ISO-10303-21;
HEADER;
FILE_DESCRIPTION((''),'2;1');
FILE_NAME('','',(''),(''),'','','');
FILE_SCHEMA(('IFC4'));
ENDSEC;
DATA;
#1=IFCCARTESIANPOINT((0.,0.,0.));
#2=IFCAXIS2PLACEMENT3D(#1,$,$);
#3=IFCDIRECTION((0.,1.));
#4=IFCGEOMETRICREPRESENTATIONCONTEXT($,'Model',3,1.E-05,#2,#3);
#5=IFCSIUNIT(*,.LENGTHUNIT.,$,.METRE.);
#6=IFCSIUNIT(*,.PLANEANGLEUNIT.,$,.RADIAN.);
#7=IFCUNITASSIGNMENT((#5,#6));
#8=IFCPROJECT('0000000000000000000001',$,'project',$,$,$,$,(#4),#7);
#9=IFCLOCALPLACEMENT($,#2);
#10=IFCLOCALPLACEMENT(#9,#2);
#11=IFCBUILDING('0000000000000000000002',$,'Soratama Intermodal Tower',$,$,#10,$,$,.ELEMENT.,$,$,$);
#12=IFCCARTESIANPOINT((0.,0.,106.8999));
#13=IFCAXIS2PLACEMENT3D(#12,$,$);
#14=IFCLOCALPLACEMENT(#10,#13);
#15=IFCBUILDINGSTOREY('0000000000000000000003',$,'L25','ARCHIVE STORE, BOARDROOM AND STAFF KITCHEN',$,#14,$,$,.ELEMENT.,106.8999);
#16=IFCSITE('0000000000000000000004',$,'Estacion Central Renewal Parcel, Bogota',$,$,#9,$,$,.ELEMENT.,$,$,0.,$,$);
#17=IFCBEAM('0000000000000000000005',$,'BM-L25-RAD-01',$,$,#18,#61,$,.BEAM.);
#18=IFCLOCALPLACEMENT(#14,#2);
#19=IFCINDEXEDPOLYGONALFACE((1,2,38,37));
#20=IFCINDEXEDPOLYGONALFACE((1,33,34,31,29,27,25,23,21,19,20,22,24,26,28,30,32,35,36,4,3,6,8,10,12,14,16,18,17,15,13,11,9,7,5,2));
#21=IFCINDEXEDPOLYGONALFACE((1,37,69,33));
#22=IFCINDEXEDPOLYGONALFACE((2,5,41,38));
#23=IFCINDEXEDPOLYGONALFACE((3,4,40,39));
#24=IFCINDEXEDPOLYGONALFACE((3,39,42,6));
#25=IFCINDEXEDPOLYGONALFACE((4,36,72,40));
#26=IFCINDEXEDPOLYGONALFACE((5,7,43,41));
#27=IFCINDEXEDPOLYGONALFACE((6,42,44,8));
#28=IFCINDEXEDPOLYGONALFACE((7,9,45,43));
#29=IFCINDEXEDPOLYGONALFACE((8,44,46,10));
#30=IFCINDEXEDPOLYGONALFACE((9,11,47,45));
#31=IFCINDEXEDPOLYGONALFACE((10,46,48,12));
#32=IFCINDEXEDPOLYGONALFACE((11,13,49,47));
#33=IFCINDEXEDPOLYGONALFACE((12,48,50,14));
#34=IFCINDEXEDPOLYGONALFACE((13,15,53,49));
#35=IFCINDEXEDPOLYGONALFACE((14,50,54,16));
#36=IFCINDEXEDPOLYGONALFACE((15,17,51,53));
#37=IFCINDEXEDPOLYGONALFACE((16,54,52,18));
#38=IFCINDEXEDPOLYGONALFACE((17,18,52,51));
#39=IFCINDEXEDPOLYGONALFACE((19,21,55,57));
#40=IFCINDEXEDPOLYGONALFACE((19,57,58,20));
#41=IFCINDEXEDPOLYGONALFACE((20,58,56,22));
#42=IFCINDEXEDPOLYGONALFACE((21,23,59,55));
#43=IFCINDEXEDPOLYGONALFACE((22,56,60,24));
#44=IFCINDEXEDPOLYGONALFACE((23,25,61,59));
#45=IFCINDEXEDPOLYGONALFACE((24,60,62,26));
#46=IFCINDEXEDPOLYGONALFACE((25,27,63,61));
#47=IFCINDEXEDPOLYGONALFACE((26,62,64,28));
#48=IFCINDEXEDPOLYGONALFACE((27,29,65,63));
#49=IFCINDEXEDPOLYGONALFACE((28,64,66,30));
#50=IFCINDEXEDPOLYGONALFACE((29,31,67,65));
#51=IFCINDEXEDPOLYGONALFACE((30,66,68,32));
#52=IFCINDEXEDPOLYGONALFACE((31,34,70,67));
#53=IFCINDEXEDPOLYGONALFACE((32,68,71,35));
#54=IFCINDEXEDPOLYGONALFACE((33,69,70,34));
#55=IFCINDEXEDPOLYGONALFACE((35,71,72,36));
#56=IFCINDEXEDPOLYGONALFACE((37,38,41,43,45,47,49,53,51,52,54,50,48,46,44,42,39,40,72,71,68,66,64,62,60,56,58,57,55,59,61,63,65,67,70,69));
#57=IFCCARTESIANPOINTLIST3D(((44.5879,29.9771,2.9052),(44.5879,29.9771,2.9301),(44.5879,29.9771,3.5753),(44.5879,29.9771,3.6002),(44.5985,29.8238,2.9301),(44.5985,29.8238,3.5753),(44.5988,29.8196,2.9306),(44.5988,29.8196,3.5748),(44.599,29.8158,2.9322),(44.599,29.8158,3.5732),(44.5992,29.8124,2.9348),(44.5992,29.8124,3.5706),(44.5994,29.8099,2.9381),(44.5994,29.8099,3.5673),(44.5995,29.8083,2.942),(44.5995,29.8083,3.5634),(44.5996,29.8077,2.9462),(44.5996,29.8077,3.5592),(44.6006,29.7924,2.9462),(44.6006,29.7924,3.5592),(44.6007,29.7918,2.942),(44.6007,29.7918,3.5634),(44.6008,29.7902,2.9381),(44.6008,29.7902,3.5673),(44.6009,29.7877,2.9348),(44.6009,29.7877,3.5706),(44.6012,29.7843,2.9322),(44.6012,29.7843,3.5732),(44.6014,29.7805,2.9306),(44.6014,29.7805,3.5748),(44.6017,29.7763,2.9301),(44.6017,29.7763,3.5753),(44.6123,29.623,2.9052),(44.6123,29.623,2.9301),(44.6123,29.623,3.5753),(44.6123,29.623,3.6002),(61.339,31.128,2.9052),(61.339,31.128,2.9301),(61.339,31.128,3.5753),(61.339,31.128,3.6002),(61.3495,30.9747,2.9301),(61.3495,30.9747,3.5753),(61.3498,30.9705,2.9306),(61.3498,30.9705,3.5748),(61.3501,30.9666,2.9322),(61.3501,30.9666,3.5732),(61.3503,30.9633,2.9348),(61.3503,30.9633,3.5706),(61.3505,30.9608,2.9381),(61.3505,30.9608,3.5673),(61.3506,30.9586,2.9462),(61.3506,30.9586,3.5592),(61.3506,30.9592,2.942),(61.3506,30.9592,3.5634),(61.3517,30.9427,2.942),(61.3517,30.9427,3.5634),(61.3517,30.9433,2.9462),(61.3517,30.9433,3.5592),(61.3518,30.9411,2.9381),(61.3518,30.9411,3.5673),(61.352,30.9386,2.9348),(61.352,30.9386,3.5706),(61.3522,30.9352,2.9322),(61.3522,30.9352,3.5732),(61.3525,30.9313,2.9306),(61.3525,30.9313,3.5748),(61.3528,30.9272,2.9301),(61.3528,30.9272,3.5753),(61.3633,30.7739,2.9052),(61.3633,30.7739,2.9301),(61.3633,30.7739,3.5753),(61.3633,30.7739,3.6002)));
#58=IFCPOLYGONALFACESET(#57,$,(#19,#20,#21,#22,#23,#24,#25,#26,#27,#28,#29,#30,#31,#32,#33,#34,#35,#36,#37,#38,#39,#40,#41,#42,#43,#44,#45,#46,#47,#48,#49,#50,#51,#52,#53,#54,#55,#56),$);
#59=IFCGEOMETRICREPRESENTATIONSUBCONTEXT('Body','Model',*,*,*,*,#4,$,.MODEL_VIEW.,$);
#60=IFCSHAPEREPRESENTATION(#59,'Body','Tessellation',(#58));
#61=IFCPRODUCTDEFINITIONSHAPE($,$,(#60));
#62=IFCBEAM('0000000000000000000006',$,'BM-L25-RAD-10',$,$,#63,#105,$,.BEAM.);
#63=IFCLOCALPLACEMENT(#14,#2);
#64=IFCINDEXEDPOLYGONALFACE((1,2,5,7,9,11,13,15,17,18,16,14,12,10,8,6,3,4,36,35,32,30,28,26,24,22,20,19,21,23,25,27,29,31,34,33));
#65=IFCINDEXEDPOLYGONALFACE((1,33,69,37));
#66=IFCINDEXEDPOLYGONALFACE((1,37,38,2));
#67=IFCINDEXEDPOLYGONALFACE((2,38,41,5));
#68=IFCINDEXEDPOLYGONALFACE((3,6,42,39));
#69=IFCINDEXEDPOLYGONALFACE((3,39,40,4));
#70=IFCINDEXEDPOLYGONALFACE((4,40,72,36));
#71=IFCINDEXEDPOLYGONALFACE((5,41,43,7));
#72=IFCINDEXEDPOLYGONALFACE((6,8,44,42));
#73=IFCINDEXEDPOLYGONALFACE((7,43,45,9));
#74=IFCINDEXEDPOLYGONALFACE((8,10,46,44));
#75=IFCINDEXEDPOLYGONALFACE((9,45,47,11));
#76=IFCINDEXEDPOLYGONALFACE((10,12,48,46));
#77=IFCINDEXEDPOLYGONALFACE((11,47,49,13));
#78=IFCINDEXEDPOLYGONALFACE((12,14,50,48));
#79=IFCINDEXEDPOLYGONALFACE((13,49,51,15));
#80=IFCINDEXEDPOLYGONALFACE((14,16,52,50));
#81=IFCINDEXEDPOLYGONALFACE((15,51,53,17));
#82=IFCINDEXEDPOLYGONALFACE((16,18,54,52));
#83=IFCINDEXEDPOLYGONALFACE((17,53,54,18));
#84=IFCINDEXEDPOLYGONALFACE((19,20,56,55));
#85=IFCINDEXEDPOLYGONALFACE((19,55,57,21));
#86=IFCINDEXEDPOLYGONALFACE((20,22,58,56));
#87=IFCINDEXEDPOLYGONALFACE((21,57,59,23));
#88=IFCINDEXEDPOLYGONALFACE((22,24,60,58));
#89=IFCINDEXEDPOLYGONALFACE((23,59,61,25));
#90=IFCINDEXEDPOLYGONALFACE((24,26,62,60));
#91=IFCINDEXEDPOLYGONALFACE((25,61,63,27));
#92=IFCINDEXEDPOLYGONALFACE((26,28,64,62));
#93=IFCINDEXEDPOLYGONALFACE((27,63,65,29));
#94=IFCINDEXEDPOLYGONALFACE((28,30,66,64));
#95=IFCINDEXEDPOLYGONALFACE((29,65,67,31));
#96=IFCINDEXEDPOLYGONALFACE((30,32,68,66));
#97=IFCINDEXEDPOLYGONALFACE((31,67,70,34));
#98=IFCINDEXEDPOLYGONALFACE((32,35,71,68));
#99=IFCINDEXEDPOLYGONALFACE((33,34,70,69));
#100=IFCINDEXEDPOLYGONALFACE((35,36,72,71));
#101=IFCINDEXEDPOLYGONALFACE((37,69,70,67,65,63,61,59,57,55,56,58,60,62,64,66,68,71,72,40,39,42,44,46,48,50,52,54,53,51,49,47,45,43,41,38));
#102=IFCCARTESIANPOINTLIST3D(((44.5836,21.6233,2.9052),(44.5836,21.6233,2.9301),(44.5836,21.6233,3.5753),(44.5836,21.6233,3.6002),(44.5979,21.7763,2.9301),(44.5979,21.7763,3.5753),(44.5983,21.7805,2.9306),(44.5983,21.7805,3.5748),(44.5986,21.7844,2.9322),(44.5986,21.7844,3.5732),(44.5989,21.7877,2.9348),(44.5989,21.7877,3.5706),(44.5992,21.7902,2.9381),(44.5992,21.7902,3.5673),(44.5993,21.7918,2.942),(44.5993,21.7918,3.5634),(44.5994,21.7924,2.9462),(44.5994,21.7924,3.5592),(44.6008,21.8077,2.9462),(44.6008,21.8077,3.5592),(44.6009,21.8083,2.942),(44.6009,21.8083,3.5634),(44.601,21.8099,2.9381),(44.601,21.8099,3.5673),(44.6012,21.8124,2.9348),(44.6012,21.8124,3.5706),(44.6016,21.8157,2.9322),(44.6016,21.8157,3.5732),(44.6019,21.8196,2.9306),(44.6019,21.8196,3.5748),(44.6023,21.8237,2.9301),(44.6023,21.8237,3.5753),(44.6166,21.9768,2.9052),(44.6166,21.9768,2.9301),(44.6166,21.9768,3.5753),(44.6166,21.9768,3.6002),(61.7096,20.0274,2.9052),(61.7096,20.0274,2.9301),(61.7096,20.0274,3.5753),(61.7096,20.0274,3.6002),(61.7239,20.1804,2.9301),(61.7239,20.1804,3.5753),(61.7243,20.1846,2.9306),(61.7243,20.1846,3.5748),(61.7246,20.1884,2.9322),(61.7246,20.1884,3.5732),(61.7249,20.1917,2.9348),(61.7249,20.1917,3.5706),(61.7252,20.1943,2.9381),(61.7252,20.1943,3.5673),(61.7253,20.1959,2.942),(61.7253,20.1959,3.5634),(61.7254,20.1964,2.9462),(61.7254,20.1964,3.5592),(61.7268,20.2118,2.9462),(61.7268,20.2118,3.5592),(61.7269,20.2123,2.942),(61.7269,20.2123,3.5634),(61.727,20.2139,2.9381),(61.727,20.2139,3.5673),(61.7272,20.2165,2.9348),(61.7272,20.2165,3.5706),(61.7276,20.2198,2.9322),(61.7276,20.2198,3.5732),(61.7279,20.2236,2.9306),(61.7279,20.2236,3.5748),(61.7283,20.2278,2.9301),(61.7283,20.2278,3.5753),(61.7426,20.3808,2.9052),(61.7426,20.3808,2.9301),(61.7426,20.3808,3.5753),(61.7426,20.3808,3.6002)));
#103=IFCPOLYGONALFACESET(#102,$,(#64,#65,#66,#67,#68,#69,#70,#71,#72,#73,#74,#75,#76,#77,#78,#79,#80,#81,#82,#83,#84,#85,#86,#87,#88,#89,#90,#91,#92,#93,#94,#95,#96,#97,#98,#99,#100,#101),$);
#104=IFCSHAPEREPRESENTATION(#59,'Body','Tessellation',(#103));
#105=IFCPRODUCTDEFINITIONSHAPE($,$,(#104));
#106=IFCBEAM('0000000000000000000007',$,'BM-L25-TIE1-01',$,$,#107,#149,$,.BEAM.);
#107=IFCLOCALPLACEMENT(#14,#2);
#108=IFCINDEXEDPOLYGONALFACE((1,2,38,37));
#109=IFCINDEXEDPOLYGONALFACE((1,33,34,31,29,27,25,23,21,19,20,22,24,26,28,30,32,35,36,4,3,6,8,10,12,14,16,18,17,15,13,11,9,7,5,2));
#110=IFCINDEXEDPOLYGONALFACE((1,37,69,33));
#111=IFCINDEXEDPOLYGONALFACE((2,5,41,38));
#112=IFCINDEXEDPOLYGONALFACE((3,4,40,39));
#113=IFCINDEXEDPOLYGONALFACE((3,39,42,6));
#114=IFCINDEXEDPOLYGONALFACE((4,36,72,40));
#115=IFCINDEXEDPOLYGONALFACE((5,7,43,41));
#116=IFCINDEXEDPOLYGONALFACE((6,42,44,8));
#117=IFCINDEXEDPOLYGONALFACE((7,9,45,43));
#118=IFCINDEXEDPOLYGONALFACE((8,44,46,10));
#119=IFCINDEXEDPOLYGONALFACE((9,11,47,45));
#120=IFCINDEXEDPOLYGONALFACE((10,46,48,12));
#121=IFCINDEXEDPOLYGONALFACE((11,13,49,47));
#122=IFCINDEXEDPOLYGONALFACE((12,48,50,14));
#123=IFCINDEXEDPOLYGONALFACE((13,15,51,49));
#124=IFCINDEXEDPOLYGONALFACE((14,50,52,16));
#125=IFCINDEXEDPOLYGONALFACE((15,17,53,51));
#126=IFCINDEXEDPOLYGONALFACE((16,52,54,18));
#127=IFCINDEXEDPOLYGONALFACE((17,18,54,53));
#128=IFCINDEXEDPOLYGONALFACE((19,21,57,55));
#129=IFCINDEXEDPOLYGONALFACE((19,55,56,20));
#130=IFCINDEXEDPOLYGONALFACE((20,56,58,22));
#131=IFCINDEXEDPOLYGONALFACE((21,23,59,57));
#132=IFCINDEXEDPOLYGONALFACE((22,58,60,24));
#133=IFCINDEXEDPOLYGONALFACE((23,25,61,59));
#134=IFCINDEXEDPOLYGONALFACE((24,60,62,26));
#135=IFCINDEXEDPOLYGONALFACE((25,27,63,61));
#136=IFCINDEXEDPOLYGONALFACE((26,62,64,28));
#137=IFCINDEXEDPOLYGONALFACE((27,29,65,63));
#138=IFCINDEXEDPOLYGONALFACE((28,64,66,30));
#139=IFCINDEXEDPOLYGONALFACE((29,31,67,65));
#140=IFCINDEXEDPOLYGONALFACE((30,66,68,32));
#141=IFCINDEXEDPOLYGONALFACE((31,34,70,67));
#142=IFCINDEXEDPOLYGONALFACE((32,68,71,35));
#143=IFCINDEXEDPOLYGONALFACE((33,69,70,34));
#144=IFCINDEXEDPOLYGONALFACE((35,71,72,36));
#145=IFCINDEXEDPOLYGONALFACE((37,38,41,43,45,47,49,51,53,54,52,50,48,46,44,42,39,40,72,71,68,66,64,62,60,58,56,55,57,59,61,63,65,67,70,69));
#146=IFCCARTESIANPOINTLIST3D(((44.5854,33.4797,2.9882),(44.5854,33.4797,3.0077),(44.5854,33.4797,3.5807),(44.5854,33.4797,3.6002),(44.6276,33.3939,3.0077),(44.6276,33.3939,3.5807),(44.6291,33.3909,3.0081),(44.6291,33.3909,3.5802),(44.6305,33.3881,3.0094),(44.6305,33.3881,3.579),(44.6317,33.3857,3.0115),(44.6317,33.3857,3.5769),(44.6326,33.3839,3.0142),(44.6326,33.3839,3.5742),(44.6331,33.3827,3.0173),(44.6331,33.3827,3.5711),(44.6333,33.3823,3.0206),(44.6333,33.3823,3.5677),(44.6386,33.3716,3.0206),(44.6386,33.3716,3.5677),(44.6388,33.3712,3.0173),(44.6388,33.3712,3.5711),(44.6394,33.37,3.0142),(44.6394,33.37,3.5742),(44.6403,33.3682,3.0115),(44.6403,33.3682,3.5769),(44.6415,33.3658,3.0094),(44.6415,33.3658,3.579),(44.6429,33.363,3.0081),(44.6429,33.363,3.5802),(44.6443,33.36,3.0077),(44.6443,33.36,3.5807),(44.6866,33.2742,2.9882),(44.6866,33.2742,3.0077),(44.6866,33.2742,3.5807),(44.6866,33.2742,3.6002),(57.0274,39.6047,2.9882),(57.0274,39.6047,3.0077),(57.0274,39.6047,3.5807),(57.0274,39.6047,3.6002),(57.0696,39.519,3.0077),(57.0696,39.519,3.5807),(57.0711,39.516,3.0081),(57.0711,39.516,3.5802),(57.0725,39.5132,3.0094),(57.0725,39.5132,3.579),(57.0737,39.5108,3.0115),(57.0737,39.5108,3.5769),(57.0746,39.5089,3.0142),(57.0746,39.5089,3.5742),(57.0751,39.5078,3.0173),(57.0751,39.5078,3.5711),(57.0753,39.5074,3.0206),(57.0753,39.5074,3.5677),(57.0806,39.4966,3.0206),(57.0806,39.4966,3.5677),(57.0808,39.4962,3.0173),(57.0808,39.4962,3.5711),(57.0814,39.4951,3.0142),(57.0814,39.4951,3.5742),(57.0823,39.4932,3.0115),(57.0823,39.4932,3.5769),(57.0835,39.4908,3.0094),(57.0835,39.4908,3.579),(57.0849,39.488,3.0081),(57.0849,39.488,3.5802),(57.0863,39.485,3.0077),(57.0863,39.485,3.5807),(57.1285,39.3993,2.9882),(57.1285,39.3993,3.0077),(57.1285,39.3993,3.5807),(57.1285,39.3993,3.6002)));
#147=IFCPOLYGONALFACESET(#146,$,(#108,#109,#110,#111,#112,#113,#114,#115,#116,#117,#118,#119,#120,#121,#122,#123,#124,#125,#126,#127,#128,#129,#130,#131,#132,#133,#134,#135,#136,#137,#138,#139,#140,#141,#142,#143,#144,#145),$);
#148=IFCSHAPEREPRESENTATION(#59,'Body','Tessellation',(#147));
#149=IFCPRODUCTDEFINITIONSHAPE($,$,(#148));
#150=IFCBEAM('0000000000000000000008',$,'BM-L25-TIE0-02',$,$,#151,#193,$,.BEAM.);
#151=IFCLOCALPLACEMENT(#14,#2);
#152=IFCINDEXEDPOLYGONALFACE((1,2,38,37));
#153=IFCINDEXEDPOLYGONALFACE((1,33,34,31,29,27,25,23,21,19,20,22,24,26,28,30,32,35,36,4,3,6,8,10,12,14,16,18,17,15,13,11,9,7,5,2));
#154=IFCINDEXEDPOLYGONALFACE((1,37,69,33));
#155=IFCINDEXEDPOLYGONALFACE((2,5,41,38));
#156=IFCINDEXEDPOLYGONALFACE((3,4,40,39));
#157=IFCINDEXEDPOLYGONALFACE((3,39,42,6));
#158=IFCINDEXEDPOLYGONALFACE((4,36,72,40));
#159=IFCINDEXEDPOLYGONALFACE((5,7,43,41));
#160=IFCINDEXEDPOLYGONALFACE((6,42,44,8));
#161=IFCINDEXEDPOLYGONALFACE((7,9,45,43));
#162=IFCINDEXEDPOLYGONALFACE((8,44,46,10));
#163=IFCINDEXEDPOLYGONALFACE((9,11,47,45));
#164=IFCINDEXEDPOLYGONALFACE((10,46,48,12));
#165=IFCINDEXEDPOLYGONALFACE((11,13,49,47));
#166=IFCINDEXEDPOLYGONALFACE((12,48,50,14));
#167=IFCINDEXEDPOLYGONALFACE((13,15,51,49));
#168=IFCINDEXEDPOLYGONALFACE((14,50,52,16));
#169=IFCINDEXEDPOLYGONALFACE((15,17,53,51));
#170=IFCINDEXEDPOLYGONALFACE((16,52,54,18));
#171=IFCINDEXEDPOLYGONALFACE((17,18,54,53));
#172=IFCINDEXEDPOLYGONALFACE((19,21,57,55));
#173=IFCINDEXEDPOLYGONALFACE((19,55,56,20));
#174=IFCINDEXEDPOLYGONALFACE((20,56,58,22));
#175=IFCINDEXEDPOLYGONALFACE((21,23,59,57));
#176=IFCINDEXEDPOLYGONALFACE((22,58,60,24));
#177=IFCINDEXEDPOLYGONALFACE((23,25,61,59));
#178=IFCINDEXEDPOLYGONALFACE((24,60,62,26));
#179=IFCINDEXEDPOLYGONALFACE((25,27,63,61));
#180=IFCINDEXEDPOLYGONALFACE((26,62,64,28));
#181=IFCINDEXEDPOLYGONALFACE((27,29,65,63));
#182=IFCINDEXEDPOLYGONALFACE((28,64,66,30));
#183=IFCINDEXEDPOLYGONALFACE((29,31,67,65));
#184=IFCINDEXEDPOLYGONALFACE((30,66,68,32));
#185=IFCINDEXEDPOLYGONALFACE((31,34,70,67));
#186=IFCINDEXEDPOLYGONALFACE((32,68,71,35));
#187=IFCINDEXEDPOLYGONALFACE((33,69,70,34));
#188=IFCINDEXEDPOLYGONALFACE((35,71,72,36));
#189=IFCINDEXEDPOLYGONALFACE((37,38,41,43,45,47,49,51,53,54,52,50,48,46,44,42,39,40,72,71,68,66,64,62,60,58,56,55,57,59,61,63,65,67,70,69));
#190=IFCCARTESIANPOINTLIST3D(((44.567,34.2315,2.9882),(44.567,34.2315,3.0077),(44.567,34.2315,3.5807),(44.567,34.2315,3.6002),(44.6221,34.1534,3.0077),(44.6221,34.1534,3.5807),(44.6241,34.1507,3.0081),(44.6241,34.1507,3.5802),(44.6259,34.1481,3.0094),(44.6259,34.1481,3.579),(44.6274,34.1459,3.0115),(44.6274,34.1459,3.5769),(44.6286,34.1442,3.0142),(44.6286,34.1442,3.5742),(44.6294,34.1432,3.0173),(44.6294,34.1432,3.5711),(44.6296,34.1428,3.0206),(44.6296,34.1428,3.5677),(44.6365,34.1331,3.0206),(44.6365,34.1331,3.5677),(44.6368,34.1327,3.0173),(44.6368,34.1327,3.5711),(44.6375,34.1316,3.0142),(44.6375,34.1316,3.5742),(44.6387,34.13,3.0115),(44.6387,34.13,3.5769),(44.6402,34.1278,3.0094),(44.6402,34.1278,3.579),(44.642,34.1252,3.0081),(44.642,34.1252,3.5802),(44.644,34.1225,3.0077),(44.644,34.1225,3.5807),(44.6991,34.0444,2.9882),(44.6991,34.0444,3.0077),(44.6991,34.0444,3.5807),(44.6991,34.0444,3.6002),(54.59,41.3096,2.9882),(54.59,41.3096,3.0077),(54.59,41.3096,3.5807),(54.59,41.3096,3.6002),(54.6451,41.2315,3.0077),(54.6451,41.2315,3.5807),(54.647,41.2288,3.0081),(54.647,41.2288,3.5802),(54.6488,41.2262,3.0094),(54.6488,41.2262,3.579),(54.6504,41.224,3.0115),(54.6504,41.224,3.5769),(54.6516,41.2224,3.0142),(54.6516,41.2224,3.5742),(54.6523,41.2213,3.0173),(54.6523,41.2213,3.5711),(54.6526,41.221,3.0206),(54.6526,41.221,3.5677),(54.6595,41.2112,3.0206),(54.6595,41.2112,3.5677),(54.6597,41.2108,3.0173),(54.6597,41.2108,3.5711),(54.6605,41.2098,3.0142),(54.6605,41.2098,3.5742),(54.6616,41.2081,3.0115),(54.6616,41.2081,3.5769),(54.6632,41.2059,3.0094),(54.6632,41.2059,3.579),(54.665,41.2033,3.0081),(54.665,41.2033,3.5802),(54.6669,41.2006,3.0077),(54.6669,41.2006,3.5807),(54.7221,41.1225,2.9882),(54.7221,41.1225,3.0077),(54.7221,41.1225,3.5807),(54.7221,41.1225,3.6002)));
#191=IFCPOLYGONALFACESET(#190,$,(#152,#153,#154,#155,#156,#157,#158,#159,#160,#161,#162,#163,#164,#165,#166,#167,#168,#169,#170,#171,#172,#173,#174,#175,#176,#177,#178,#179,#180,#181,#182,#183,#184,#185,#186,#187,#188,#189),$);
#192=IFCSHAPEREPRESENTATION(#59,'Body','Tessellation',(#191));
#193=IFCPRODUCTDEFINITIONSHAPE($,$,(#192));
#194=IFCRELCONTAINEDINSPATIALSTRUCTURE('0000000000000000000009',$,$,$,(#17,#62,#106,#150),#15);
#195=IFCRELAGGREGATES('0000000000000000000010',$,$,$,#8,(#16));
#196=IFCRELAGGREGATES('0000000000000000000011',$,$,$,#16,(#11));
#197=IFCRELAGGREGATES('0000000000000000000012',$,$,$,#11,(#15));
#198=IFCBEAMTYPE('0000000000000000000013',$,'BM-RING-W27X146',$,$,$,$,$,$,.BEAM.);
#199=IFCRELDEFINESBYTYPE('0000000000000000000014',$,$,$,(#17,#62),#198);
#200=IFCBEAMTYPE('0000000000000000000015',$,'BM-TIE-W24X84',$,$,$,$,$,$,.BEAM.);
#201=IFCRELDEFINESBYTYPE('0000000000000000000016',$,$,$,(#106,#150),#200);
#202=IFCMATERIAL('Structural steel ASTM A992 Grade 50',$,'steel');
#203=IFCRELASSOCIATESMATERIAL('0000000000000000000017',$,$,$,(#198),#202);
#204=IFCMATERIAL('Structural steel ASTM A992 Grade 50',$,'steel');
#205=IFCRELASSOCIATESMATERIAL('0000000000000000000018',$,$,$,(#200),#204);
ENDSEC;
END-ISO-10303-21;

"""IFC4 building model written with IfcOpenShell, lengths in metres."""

from ifc_helpers import new_model, si_unit, direction, frame, origin, origin_2d, place, context, subcontext, project, spatial, i_section, extrude, material, material_profile, profile_set, type_object, element, save


model = new_model("IFC4")

# Units and contexts
model_context = context("Model", 3, precision=1e-05, world=origin(), true_north=direction((0.0, 1.0)))
body_context = subcontext(model_context, "Body", "Model", "MODEL_VIEW")
ifc_project = project(units=[si_unit("LENGTHUNIT", "METRE"), si_unit("PLANEANGLEUNIT", "RADIAN")], contexts=[model_context])

# Site, building, storey
site_placement = place(None, origin())
site = spatial("IfcSite", under=ifc_project, at=site_placement, Name="Estacion Central Renewal Parcel, Bogota", CompositionType="ELEMENT", RefElevation=0.0)
building_placement = place(site_placement, origin())
building = spatial("IfcBuilding", under=site, at=building_placement, Name="Soratama Intermodal Tower", CompositionType="ELEMENT")
storey_placement = place(building_placement, frame((0.0, 0.0, 106.8999)))
storey = spatial("IfcBuildingStorey", under=building, at=storey_placement, Name="L25", Description="ARCHIVE STORE, BOARDROOM AND STAFF KITCHEN", CompositionType="ELEMENT", Elevation=106.8999)

# Beams
ifc_material_1 = material(Name="Structural steel ASTM A992 Grade 50", Category="steel")
ifc_material_profile_1 = material_profile(ifc_material_1, i_section(OverallWidth=0.355, OverallDepth=0.6951, WebThickness=0.0154, FlangeThickness=0.0249, FilletRadius=0.0161, at=origin_2d()), Name="W27X146")
ifc_profile_set_1 = profile_set([ifc_material_profile_1], Name="Structural steel ASTM A992 Grade 50")
beam_type_1 = type_object("IfcBeamType", Name="BM-RING-W27X146", PredefinedType="BEAM", material=ifc_profile_set_1)
beam_1_placement = place(storey_placement, frame((44.6001, 29.8, 3.2527), z_axis=(0.997648, 0.068544, 0.0), x_axis=(-0.068544, 0.997648, 0.0)))
element("IfcBeam", 1, at=beam_1_placement, inside=storey, type_object=beam_type_1, Name="BM-L25-RAD-01", PredefinedType="BEAM", context=body_context, shape_type="SweptSolid", body=[
    extrude(i_section(OverallWidth=0.355, OverallDepth=0.6951, WebThickness=0.0154, FlangeThickness=0.0249, FilletRadius=0.0161, at=origin_2d()), origin(), (0.0, 0.0, 1.0), 16.7905),
])
beam_2_placement = place(storey_placement, frame((44.6001, 21.8, 3.2527), z_axis=(0.995686, -0.092787, 0.0), x_axis=(0.092787, 0.995686, 0.0)))
element("IfcBeam", 2, at=beam_2_placement, inside=storey, type_object=beam_type_1, Name="BM-L25-RAD-10", PredefinedType="BEAM", context=body_context, shape_type="SweptSolid", body=[
    extrude(i_section(OverallWidth=0.355, OverallDepth=0.6951, WebThickness=0.0154, FlangeThickness=0.0249, FilletRadius=0.0161, at=origin_2d()), origin(), (0.0, 0.0, 1.0), 17.2002),
])
ifc_material_2 = material(Name="Structural steel ASTM A992 Grade 50", Category="steel")
ifc_material_profile_2 = material_profile(ifc_material_2, i_section(OverallWidth=0.229, OverallDepth=0.6121, WebThickness=0.012, FlangeThickness=0.0195, FilletRadius=0.0129, at=origin_2d()), Name="W24X84")
ifc_profile_set_2 = profile_set([ifc_material_profile_2], Name="Structural steel ASTM A992 Grade 50")
beam_type_2 = type_object("IfcBeamType", Name="BM-TIE-W24X84", PredefinedType="BEAM", material=ifc_profile_set_2)
beam_3_placement = place(storey_placement, frame((44.636, 33.377, 3.2942), z_axis=(0.897178, 0.44167, 0.0), x_axis=(-0.44167, 0.897178, 0.0)))
element("IfcBeam", 3, at=beam_3_placement, inside=storey, type_object=beam_type_2, Name="BM-L25-TIE1-01", PredefinedType="BEAM", context=body_context, shape_type="SweptSolid", body=[
    extrude(i_section(OverallWidth=0.229, OverallDepth=0.6121, WebThickness=0.012, FlangeThickness=0.0195, FilletRadius=0.0129, at=origin_2d()), origin(), (0.0, 0.0, 1.0), 13.8679),
])
beam_4_placement = place(storey_placement, frame((44.6331, 34.1379, 3.2942), z_axis=(0.816849, 0.576852, 0.0), x_axis=(-0.576852, 0.816849, 0.0)))
element("IfcBeam", 4, at=beam_4_placement, inside=storey, type_object=beam_type_2, Name="BM-L25-TIE0-02", PredefinedType="BEAM", context=body_context, shape_type="SweptSolid", body=[
    extrude(i_section(OverallWidth=0.229, OverallDepth=0.6121, WebThickness=0.012, FlangeThickness=0.0195, FilletRadius=0.0129, at=origin_2d()), origin(), (0.0, 0.0, 1.0), 12.2703),
])

save(model, "model.ifc")
